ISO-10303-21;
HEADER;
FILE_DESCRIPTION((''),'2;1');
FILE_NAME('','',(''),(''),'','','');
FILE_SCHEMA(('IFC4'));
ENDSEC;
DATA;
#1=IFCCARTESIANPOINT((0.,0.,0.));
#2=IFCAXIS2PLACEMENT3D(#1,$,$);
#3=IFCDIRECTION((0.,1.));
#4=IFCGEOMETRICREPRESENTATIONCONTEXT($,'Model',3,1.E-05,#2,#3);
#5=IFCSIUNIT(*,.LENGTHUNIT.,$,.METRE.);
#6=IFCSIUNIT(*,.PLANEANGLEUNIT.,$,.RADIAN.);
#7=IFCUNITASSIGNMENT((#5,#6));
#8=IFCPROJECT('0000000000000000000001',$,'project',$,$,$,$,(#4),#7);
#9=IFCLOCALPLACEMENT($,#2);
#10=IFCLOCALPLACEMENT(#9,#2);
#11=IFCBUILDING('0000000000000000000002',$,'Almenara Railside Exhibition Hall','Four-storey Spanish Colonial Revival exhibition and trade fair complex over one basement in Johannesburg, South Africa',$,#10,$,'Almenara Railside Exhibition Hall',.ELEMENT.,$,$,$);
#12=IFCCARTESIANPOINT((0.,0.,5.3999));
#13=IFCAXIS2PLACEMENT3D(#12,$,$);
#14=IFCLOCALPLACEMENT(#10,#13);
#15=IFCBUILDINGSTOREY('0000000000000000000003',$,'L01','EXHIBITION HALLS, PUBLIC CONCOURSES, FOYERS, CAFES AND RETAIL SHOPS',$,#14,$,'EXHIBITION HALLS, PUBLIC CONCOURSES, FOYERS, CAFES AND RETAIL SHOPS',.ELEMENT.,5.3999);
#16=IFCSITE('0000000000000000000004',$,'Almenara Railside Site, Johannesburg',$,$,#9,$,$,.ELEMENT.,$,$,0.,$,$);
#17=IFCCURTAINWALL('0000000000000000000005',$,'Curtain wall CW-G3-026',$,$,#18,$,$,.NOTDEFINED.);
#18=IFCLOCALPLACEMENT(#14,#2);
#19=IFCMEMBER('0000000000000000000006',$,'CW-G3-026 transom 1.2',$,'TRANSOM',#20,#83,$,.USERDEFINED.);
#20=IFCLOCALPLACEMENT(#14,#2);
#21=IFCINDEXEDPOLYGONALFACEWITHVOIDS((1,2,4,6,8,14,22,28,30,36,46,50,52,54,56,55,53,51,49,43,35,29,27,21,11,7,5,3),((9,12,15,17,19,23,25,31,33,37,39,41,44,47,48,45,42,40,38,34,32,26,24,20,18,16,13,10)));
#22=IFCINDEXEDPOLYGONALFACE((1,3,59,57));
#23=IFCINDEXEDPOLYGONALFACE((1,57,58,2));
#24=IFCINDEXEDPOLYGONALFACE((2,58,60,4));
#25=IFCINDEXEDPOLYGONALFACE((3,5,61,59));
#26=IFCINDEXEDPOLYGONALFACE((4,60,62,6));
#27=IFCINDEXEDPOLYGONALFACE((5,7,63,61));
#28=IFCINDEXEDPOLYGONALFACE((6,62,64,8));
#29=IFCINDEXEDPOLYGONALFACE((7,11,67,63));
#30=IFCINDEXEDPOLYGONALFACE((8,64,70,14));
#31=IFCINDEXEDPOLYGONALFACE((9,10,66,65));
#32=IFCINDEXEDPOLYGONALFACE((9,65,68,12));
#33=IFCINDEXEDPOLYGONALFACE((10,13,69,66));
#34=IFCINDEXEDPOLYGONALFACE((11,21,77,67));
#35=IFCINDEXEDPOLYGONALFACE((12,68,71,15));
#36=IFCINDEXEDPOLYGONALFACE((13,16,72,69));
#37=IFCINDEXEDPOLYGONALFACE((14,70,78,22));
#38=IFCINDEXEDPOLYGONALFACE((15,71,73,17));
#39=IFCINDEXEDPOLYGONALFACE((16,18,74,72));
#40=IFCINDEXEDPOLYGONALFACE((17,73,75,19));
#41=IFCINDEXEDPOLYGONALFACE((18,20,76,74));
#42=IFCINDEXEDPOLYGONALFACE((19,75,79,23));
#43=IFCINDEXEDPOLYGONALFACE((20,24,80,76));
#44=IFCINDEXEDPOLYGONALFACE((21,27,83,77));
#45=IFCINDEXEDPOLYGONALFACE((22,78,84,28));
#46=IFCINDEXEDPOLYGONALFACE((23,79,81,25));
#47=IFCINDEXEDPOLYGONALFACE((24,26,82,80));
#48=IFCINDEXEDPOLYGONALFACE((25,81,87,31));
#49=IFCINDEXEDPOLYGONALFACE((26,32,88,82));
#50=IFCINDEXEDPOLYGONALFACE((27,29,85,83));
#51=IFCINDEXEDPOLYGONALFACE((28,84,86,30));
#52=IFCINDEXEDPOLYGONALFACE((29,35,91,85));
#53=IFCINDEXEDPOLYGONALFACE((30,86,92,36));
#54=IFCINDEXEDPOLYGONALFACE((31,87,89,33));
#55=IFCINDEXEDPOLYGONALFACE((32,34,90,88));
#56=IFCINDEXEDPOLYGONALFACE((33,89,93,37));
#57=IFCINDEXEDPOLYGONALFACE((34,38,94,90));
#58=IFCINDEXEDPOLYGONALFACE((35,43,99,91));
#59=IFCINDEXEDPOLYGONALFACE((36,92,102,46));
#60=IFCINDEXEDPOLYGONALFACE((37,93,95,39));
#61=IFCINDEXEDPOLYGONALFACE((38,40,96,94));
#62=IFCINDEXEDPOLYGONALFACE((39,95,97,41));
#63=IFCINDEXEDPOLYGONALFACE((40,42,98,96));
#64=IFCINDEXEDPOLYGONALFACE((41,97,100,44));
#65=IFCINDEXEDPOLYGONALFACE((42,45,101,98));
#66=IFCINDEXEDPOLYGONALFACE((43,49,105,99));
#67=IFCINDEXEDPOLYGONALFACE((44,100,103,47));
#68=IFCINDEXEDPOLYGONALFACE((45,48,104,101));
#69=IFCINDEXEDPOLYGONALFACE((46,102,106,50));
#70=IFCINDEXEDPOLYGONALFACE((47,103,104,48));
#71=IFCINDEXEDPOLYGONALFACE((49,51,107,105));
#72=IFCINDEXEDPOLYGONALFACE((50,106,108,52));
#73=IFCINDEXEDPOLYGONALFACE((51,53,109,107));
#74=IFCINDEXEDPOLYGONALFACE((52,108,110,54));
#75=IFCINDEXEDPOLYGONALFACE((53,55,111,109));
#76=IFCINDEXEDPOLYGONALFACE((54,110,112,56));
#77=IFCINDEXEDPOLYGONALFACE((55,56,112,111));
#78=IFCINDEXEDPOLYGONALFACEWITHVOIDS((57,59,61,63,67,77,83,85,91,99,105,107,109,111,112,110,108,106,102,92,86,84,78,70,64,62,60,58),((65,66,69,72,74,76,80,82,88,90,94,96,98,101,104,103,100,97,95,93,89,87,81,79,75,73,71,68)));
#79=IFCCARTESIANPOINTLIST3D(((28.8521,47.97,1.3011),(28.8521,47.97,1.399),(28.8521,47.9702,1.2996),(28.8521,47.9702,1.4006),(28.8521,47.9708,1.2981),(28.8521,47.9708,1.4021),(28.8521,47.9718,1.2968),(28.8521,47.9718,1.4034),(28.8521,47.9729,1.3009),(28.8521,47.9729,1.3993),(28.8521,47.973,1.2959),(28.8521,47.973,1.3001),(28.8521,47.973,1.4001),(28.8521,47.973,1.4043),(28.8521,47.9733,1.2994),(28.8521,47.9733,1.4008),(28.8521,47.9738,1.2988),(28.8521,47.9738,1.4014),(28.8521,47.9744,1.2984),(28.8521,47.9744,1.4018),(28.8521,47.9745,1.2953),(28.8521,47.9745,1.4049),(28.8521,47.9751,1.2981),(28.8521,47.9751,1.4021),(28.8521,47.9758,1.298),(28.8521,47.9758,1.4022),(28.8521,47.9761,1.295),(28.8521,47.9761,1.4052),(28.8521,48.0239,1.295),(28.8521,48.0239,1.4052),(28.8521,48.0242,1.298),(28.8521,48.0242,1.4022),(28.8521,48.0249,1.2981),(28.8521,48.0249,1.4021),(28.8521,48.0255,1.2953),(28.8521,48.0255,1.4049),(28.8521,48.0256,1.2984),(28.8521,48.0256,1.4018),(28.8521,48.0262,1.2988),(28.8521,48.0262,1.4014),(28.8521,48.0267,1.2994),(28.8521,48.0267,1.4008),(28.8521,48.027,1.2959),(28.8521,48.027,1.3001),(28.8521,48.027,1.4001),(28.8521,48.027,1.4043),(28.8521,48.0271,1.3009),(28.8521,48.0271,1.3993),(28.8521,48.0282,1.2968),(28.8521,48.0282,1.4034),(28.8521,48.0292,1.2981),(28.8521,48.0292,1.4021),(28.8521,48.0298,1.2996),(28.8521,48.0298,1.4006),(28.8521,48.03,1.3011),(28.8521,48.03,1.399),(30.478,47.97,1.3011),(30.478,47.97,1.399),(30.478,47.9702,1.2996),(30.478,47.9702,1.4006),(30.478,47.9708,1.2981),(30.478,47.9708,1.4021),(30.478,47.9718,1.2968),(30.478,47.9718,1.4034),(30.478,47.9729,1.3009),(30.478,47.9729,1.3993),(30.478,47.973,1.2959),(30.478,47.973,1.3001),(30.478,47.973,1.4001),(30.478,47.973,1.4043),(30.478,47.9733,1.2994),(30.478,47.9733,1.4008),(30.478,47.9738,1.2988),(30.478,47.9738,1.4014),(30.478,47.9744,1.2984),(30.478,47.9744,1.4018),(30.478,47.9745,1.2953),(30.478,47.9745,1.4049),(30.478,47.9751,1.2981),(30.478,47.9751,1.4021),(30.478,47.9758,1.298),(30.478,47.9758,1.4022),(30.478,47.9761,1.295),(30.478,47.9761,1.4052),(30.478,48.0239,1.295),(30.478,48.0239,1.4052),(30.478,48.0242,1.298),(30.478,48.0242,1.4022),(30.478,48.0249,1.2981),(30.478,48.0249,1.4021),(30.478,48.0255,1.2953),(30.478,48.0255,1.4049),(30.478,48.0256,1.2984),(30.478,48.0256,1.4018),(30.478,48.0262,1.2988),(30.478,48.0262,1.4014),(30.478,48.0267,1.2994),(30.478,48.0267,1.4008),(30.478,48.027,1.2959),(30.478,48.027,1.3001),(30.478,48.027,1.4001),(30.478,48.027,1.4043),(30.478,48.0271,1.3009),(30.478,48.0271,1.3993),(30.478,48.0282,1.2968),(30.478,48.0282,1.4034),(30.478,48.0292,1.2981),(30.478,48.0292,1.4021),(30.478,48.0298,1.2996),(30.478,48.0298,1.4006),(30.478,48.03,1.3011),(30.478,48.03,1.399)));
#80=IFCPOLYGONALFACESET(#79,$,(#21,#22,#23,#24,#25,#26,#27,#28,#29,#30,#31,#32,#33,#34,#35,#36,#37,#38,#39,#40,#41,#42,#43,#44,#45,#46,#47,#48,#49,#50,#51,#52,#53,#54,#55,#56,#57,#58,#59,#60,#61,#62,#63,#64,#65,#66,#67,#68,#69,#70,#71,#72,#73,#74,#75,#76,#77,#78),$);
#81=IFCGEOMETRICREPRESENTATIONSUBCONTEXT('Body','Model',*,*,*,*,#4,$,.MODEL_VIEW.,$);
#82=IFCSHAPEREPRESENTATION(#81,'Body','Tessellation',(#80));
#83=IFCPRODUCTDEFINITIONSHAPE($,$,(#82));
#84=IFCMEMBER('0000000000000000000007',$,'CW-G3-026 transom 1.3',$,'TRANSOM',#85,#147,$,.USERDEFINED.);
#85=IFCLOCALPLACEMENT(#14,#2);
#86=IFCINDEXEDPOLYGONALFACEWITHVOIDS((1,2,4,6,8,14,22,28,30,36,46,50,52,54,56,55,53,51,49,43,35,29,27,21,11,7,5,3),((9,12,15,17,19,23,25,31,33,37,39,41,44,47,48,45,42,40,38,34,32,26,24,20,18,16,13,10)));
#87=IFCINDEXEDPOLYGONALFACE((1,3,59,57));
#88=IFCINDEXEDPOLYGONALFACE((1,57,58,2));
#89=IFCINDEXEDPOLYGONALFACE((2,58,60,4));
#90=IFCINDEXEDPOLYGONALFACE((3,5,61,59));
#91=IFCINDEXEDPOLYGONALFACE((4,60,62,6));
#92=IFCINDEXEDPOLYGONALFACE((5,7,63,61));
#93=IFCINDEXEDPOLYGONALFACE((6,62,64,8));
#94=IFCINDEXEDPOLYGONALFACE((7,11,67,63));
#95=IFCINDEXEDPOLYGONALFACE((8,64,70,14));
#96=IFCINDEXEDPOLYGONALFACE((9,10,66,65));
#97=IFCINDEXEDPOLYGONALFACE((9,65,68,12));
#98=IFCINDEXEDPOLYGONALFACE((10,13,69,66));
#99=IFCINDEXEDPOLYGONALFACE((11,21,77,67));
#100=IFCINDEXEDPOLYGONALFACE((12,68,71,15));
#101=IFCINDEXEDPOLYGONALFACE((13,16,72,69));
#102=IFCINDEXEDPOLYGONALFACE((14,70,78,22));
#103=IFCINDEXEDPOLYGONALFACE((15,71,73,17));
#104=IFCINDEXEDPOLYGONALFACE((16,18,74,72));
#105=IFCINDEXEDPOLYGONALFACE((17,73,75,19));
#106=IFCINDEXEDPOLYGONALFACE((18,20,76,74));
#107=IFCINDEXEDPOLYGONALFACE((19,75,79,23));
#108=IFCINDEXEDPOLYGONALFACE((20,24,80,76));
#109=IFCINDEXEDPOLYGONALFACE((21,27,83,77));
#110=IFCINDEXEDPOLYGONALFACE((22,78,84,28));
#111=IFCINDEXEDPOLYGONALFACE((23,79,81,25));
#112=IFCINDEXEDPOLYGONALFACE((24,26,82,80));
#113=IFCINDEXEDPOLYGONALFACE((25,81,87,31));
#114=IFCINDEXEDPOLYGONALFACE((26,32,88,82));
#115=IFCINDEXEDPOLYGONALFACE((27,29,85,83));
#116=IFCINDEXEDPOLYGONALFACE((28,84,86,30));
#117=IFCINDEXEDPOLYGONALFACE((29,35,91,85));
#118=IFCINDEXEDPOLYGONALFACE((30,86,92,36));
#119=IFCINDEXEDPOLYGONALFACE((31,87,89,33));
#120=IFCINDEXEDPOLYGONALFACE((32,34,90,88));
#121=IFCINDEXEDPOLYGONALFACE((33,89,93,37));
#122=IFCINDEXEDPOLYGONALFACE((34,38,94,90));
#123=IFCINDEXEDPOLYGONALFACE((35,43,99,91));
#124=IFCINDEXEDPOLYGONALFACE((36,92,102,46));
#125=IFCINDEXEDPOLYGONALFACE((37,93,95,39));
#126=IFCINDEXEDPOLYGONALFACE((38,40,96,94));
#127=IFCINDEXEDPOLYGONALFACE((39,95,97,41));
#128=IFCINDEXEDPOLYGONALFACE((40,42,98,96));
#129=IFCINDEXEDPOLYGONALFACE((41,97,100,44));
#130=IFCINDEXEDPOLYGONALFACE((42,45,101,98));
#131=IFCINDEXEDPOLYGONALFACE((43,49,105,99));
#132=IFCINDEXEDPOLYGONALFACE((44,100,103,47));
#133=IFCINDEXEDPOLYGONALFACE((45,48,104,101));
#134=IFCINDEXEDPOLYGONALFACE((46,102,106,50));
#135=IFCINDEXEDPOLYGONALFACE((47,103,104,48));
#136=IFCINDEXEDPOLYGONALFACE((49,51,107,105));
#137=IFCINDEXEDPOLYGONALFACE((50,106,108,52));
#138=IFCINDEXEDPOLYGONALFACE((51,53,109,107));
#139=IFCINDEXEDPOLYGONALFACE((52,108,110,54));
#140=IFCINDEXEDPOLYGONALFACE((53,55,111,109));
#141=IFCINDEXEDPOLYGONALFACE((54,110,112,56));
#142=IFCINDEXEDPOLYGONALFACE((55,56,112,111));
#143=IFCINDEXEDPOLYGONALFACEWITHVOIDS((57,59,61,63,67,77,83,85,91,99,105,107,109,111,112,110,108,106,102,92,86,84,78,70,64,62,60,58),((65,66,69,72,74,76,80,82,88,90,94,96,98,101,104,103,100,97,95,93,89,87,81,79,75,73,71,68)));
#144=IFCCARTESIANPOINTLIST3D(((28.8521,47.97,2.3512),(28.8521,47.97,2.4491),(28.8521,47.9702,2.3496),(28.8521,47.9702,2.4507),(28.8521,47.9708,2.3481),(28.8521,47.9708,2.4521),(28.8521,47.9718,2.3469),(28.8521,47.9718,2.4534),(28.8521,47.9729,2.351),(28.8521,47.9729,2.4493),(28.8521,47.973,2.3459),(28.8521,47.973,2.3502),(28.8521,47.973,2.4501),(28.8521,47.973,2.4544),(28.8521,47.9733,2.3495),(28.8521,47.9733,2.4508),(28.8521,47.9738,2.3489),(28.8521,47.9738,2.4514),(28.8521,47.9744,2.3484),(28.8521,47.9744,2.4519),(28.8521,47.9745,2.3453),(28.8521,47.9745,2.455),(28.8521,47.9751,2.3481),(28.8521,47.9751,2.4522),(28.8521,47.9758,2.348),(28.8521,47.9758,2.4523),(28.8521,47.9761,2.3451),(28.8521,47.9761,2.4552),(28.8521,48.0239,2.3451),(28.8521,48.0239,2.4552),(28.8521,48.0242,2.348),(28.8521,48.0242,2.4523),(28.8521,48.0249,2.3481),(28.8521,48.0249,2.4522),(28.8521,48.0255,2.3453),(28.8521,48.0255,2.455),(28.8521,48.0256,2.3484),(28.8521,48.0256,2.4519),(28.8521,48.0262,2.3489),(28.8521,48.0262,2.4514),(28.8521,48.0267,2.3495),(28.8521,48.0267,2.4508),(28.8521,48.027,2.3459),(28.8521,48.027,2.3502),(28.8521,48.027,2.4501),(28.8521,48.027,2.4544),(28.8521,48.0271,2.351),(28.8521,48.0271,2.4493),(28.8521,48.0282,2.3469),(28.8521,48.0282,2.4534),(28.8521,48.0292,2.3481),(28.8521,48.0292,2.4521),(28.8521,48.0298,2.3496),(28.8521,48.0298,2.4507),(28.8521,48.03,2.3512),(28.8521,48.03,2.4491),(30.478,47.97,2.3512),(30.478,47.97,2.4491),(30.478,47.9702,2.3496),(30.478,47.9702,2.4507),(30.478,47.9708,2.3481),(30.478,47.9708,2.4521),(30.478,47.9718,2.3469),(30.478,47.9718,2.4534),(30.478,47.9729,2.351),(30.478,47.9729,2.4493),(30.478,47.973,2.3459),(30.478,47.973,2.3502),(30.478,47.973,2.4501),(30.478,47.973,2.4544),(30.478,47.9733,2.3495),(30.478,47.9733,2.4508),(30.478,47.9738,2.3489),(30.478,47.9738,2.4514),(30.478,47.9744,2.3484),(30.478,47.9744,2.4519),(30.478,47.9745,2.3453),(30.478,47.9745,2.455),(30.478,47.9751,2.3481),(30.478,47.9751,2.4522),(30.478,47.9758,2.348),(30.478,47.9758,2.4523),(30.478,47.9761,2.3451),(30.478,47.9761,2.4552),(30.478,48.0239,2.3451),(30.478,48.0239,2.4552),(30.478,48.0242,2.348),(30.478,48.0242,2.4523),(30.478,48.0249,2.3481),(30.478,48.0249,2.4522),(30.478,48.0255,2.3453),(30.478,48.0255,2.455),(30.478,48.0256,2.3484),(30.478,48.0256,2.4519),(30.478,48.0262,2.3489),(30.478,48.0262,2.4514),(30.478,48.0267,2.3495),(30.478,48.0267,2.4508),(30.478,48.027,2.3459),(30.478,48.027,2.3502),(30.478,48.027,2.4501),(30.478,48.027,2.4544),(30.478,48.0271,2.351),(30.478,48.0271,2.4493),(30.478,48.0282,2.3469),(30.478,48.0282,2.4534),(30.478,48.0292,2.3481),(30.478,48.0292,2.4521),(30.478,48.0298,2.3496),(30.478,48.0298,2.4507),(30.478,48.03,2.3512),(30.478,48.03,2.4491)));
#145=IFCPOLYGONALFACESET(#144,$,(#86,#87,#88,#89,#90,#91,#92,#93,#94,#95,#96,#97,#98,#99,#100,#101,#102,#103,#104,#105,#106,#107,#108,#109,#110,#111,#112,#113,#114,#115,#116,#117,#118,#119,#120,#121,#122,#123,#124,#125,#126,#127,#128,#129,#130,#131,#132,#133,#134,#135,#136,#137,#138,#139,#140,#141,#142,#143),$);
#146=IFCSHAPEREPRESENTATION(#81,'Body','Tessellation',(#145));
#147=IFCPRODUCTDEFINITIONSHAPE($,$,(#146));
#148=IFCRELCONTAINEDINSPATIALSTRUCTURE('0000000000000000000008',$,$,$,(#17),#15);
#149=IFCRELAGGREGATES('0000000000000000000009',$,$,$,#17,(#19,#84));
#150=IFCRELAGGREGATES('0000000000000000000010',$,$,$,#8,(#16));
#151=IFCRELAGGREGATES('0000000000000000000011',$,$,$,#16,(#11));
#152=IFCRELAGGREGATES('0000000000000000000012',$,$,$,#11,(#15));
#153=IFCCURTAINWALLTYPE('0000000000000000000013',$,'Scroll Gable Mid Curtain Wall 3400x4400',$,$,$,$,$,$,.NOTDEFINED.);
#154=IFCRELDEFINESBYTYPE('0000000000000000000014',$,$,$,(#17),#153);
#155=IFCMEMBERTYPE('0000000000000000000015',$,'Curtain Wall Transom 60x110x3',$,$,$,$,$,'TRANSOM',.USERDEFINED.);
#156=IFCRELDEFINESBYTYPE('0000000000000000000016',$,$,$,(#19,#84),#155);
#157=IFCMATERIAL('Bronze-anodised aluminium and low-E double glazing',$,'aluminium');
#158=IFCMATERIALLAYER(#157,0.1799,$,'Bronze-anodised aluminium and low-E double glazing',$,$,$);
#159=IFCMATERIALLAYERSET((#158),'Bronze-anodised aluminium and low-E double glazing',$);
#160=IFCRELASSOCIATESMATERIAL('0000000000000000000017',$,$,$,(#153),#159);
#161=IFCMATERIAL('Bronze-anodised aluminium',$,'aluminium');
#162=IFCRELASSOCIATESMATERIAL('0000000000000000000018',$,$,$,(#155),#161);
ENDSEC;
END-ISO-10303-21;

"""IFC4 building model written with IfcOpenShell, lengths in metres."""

from ifc_helpers import new_model, si_unit, direction, frame, origin, origin_2d, place, context, subcontext, project, spatial, hollow_rectangle, extrude, material, layer, layer_set, material_profile, profile_set, type_object, element, aggregate, save


model = new_model("IFC4")

# Units and contexts
model_context = context("Model", 3, precision=1e-05, world=origin(), true_north=direction((0.0, 1.0)))
body_context = subcontext(model_context, "Body", "Model", "MODEL_VIEW")
ifc_project = project(units=[si_unit("LENGTHUNIT", "METRE"), si_unit("PLANEANGLEUNIT", "RADIAN")], contexts=[model_context])

# Site, building, storey
site_placement = place(None, origin())
site = spatial("IfcSite", under=ifc_project, at=site_placement, Name="Almenara Railside Site, Johannesburg", CompositionType="ELEMENT", RefElevation=0.0)
building_placement = place(site_placement, origin())
building = spatial("IfcBuilding", under=site, at=building_placement, Name="Almenara Railside Exhibition Hall", Description="Four-storey Spanish Colonial Revival exhibition and trade fair complex over one basement in Johannesburg, South Africa", LongName="Almenara Railside Exhibition Hall", CompositionType="ELEMENT")
storey_placement = place(building_placement, frame((0.0, 0.0, 5.3999)))
storey = spatial("IfcBuildingStorey", under=building, at=storey_placement, Name="L01", Description="EXHIBITION HALLS, PUBLIC CONCOURSES, FOYERS, CAFES AND RETAIL SHOPS", LongName="EXHIBITION HALLS, PUBLIC CONCOURSES, FOYERS, CAFES AND RETAIL SHOPS", CompositionType="ELEMENT", Elevation=5.3999)

# Shared definitions
ifc_material_1 = material(Name="Bronze-anodised aluminium and low-E double glazing", Category="aluminium")
ifc_material_2 = material(Name="Bronze-anodised aluminium", Category="aluminium")

# Curtain wall
ifc_layer_1 = layer(ifc_material_1, 0.1799, Name="Bronze-anodised aluminium and low-E double glazing")
ifc_layer_set_1 = layer_set([ifc_layer_1], Name="Bronze-anodised aluminium and low-E double glazing")
curtain_wall_type_1 = type_object("IfcCurtainWallType", Name="Scroll Gable Mid Curtain Wall 3400x4400", PredefinedType="NOTDEFINED", material=ifc_layer_set_1)
curtain_wall_1_placement = place(storey_placement, origin())
curtain_wall_1 = element("IfcCurtainWall", 1, at=curtain_wall_1_placement, inside=storey, type_object=curtain_wall_type_1, Name="Curtain wall CW-G3-026", PredefinedType="NOTDEFINED")

# Members
ifc_material_profile_1 = material_profile(ifc_material_2, hollow_rectangle(XDim=0.0601, YDim=0.1101, WallThickness=0.0029, InnerFilletRadius=0.0029, OuterFilletRadius=0.0061, at=origin_2d()), Name="ALU-TRN 60x110x3")
ifc_profile_set_1 = profile_set([ifc_material_profile_1], Name="Bronze-anodised aluminium")
member_type_1 = type_object("IfcMemberType", Name="Curtain Wall Transom 60x110x3", ElementType="TRANSOM", PredefinedType="USERDEFINED", material=ifc_profile_set_1)
member_1_placement = place(storey_placement, frame((28.8521, 48.0, 1.3501), z_axis=(1.0, 0.0, 0.0), x_axis=(0.0, 1.0, 0.0)))
member_1 = element("IfcMember", 2, at=member_1_placement, type_object=member_type_1, Name="CW-G3-026 transom 1.2", ObjectType="TRANSOM", PredefinedType="USERDEFINED", context=body_context, shape_type="SweptSolid", body=[
    extrude(hollow_rectangle(XDim=0.0601, YDim=0.1101, WallThickness=0.0029, InnerFilletRadius=0.0029, OuterFilletRadius=0.0061, at=origin_2d()), origin(), (0.0, 0.0, 1.0), 1.626),
])
member_2_placement = place(storey_placement, frame((28.8521, 48.0, 2.4001), z_axis=(1.0, 0.0, 0.0), x_axis=(0.0, 1.0, 0.0)))
member_2 = element("IfcMember", 3, at=member_2_placement, type_object=member_type_1, Name="CW-G3-026 transom 1.3", ObjectType="TRANSOM", PredefinedType="USERDEFINED", context=body_context, shape_type="SweptSolid", body=[
    extrude(hollow_rectangle(XDim=0.0601, YDim=0.1101, WallThickness=0.0029, InnerFilletRadius=0.0029, OuterFilletRadius=0.0061, at=origin_2d()), origin(), (0.0, 0.0, 1.0), 1.626),
])

aggregate(curtain_wall_1, [member_1, member_2])

save(model, "model.ifc")
